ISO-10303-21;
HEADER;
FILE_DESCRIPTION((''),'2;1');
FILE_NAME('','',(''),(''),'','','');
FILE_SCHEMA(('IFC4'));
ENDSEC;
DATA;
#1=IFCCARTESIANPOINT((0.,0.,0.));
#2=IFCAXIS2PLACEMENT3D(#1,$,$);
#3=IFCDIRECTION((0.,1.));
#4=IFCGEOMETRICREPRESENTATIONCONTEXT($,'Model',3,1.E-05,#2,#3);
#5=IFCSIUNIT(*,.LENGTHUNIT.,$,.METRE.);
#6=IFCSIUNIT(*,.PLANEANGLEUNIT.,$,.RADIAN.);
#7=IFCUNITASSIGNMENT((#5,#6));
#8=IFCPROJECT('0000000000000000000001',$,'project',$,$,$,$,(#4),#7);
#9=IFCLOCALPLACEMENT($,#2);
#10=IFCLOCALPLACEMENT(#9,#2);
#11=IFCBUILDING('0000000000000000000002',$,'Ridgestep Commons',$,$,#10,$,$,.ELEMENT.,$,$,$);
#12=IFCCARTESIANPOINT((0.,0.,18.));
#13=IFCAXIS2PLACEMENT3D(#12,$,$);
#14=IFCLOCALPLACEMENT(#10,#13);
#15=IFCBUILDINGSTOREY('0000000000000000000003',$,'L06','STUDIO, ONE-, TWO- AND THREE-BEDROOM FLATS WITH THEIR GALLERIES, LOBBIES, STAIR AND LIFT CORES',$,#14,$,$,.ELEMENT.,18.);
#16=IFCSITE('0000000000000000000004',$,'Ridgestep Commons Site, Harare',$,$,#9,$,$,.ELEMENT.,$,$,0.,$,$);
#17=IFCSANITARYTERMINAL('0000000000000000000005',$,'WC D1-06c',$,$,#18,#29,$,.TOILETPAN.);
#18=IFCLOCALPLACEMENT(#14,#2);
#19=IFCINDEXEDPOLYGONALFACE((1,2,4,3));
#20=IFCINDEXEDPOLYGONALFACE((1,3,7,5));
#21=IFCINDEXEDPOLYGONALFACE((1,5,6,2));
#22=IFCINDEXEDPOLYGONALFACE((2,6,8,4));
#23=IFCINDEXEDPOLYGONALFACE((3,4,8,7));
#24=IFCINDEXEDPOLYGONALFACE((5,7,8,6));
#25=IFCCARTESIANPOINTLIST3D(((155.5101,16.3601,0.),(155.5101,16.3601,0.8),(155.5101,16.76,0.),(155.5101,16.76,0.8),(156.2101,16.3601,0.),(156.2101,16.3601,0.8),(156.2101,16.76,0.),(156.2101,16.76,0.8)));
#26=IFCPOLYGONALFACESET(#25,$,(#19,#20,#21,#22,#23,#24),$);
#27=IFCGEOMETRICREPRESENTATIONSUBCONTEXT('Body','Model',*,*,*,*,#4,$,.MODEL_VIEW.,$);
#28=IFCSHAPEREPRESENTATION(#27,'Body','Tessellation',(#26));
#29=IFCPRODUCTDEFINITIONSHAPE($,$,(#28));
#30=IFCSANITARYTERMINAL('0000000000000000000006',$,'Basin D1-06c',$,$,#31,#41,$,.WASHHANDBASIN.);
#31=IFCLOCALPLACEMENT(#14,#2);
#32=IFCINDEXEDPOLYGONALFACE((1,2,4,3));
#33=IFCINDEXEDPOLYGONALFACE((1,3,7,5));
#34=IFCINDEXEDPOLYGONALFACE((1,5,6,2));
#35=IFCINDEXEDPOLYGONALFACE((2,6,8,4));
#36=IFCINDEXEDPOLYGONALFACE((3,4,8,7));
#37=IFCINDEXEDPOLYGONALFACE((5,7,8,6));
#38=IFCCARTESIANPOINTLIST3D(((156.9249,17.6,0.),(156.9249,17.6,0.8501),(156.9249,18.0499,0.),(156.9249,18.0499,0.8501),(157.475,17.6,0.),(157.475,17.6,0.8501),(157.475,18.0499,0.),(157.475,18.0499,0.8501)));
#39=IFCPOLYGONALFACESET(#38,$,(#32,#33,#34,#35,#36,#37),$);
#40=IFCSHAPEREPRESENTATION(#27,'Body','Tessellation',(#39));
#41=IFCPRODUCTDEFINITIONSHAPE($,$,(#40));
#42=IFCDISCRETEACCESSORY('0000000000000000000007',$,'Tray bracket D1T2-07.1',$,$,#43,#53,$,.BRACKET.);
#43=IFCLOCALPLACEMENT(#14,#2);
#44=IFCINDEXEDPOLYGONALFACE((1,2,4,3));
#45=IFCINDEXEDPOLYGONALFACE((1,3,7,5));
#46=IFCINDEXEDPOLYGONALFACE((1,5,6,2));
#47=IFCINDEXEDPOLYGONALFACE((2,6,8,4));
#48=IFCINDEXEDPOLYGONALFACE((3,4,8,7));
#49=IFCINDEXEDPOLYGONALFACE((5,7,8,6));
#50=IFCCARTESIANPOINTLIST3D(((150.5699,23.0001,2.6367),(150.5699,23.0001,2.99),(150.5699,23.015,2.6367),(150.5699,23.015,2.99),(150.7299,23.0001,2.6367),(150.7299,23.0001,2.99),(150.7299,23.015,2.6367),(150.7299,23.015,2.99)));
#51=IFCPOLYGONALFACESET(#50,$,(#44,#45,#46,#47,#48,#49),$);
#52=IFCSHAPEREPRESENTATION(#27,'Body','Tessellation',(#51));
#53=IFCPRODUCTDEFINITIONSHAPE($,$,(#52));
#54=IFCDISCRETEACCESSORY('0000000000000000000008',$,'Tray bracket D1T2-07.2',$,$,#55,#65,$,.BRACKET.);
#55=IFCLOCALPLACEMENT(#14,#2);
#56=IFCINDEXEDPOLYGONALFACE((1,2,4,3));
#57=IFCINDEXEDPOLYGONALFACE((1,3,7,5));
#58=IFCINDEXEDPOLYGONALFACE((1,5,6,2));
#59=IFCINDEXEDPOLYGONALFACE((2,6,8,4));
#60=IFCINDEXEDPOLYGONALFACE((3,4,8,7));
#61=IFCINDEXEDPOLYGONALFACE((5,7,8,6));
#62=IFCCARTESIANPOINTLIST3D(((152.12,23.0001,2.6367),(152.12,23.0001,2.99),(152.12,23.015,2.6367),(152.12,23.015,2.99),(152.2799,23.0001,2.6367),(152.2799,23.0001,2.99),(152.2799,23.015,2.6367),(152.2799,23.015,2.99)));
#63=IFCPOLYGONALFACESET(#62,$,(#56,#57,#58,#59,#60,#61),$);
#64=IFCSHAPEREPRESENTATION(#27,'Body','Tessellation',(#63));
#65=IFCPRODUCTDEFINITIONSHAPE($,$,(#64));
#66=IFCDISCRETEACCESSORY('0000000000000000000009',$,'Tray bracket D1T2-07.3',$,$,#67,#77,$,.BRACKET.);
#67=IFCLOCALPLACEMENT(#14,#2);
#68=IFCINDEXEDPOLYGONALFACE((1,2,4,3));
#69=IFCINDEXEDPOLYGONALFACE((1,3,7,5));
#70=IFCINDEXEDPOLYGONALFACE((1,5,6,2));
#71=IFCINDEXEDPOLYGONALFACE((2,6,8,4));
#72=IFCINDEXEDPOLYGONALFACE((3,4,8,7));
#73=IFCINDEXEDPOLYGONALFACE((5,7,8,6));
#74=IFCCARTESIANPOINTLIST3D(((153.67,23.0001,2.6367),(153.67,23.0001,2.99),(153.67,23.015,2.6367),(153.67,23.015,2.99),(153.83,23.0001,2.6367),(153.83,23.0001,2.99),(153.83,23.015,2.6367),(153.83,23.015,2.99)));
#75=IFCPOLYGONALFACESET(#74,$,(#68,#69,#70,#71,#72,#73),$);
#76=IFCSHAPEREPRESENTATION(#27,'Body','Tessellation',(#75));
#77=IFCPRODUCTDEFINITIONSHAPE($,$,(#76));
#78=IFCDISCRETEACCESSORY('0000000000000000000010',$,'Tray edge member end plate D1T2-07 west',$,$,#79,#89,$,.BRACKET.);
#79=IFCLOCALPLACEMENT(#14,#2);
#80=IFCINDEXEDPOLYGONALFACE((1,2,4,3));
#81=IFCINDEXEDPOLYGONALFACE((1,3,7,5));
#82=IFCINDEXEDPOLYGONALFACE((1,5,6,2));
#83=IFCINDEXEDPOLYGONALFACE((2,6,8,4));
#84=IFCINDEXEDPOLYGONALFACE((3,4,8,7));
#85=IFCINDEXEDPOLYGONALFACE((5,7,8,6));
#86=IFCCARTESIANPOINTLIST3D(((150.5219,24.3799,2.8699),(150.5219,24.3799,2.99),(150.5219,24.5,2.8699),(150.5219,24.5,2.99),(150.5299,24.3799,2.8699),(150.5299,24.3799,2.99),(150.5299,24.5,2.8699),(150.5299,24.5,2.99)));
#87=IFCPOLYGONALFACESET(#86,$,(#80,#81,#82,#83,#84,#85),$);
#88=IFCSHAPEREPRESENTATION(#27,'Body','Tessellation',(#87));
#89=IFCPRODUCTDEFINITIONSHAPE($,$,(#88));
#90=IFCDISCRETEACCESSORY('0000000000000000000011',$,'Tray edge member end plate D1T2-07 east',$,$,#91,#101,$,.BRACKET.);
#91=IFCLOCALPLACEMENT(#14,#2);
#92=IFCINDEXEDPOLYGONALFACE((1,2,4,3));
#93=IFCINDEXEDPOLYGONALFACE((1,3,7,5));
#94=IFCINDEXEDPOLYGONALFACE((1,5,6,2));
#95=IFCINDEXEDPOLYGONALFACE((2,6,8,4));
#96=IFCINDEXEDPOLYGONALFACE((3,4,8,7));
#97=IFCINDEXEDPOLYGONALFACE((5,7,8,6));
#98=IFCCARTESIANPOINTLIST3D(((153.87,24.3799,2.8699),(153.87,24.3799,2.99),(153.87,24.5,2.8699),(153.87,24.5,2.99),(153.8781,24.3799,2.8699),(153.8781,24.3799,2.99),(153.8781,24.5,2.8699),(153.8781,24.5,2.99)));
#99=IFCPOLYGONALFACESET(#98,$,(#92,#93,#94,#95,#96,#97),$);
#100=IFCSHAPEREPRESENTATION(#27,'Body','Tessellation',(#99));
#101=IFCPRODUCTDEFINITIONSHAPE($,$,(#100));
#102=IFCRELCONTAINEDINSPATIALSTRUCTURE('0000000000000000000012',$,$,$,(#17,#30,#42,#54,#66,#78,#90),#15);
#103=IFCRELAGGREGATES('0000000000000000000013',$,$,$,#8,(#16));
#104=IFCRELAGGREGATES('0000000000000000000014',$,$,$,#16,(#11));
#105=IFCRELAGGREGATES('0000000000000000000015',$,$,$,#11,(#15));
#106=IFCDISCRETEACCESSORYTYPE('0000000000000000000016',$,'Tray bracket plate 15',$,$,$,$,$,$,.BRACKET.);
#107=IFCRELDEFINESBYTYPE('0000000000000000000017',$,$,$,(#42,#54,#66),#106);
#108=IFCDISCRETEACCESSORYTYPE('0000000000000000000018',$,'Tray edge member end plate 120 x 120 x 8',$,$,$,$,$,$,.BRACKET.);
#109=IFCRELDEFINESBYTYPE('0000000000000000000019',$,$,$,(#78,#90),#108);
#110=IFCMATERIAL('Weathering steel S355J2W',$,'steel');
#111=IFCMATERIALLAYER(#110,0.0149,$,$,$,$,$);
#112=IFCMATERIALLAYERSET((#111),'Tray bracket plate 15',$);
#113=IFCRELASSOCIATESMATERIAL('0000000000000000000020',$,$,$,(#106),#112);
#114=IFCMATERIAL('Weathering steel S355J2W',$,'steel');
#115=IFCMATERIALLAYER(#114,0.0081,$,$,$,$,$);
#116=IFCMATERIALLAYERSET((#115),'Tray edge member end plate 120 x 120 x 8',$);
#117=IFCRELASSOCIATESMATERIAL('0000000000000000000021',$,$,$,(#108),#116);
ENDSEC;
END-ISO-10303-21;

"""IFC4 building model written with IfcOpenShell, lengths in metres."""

from ifc_helpers import new_model, si_unit, direction, frame, origin, origin_2d, place, context, subcontext, project, spatial, rectangle, extrude, material, layer, layer_set, type_object, element, save


model = new_model("IFC4")

# Units and contexts
model_context = context("Model", 3, precision=1e-05, world=origin(), true_north=direction((0.0, 1.0)))
body_context = subcontext(model_context, "Body", "Model", "MODEL_VIEW")
ifc_project = project(units=[si_unit("LENGTHUNIT", "METRE"), si_unit("PLANEANGLEUNIT", "RADIAN")], contexts=[model_context])

# Site, building, storey
site_placement = place(None, origin())
site = spatial("IfcSite", under=ifc_project, at=site_placement, Name="Ridgestep Commons Site, Harare", CompositionType="ELEMENT", RefElevation=0.0)
building_placement = place(site_placement, origin())
building = spatial("IfcBuilding", under=site, at=building_placement, Name="Ridgestep Commons", CompositionType="ELEMENT")
storey_placement = place(building_placement, frame((0.0, 0.0, 18.0)))
storey = spatial("IfcBuildingStorey", under=building, at=storey_placement, Name="L06", Description="STUDIO, ONE-, TWO- AND THREE-BEDROOM FLATS WITH THEIR GALLERIES, LOBBIES, STAIR AND LIFT CORES", CompositionType="ELEMENT", Elevation=18.0)

# Sanitary terminals
sanitary_terminal_1_placement = place(storey_placement, frame((155.8601, 16.5601, 0.0), z_axis=(0.0, 0.0, 1.0), x_axis=(1.0, 0.0, 0.0)))
element("IfcSanitaryTerminal", 1, at=sanitary_terminal_1_placement, inside=storey, Name="WC D1-06c", PredefinedType="TOILETPAN", context=body_context, shape_type="SweptSolid", body=[
    extrude(rectangle(XDim=0.7, YDim=0.3999, at=origin_2d()), origin(), (0.0, 0.0, 1.0), 0.8),
])
sanitary_terminal_2_placement = place(storey_placement, frame((157.2, 17.825, 0.0), z_axis=(0.0, 0.0, 1.0), x_axis=(1.0, 0.0, 0.0)))
element("IfcSanitaryTerminal", 2, at=sanitary_terminal_2_placement, inside=storey, Name="Basin D1-06c", PredefinedType="WASHHANDBASIN", context=body_context, shape_type="SweptSolid", body=[
    extrude(rectangle(XDim=0.55, YDim=0.45, at=origin_2d()), origin(), (0.0, 0.0, 1.0), 0.8501),
])

# Discrete accessories
ifc_material_1 = material(Name="Weathering steel S355J2W", Category="steel")
ifc_layer_1 = layer(ifc_material_1, 0.0149)
ifc_layer_set_1 = layer_set([ifc_layer_1], Name="Tray bracket plate 15")
discrete_accessory_type_1 = type_object("IfcDiscreteAccessoryType", Name="Tray bracket plate 15", PredefinedType="BRACKET", material=ifc_layer_set_1)
for number, where, z_axis, x_axis, name in (
    (3, (150.6499, 23.0076, 2.6367), (0.0, 0.0, 1.0), (1.0, 0.0, 0.0), "Tray bracket D1T2-07.1"),
    (4, (152.2, 23.0076, 2.6367), (0.0, 0.0, 1.0), (1.0, 0.0, 0.0), "Tray bracket D1T2-07.2"),
    (5, (153.75, 23.0076, 2.6367), (0.0, 0.0, 1.0), (1.0, 0.0, 0.0), "Tray bracket D1T2-07.3"),
):
    element("IfcDiscreteAccessory", number, at=place(storey_placement, frame(where, z_axis=z_axis, x_axis=x_axis)), inside=storey, type_object=discrete_accessory_type_1, Name=name, PredefinedType="BRACKET", context=body_context, shape_type="SweptSolid", body=[
        extrude(rectangle(XDim=0.1599, YDim=0.0149, at=origin_2d()), origin(), (0.0, 0.0, 1.0), 0.3533),
    ])
ifc_material_2 = material(Name="Weathering steel S355J2W", Category="steel")
ifc_layer_2 = layer(ifc_material_2, 0.0081)
ifc_layer_set_2 = layer_set([ifc_layer_2], Name="Tray edge member end plate 120 x 120 x 8")
discrete_accessory_type_2 = type_object("IfcDiscreteAccessoryType", Name="Tray edge member end plate 120 x 120 x 8", PredefinedType="BRACKET", material=ifc_layer_set_2)
for number, where, z_axis, x_axis, name in (
    (6, (150.5259, 24.4399, 2.8699), (0.0, 0.0, 1.0), (1.0, 0.0, 0.0), "Tray edge member end plate D1T2-07 west"),
    (7, (153.874, 24.4399, 2.8699), (0.0, 0.0, 1.0), (1.0, 0.0, 0.0), "Tray edge member end plate D1T2-07 east"),
):
    element("IfcDiscreteAccessory", number, at=place(storey_placement, frame(where, z_axis=z_axis, x_axis=x_axis)), inside=storey, type_object=discrete_accessory_type_2, Name=name, PredefinedType="BRACKET", context=body_context, shape_type="SweptSolid", body=[
        extrude(rectangle(XDim=0.0081, YDim=0.1201, at=origin_2d()), origin(), (0.0, 0.0, 1.0), 0.1201),
    ])

save(model, "model.ifc")
